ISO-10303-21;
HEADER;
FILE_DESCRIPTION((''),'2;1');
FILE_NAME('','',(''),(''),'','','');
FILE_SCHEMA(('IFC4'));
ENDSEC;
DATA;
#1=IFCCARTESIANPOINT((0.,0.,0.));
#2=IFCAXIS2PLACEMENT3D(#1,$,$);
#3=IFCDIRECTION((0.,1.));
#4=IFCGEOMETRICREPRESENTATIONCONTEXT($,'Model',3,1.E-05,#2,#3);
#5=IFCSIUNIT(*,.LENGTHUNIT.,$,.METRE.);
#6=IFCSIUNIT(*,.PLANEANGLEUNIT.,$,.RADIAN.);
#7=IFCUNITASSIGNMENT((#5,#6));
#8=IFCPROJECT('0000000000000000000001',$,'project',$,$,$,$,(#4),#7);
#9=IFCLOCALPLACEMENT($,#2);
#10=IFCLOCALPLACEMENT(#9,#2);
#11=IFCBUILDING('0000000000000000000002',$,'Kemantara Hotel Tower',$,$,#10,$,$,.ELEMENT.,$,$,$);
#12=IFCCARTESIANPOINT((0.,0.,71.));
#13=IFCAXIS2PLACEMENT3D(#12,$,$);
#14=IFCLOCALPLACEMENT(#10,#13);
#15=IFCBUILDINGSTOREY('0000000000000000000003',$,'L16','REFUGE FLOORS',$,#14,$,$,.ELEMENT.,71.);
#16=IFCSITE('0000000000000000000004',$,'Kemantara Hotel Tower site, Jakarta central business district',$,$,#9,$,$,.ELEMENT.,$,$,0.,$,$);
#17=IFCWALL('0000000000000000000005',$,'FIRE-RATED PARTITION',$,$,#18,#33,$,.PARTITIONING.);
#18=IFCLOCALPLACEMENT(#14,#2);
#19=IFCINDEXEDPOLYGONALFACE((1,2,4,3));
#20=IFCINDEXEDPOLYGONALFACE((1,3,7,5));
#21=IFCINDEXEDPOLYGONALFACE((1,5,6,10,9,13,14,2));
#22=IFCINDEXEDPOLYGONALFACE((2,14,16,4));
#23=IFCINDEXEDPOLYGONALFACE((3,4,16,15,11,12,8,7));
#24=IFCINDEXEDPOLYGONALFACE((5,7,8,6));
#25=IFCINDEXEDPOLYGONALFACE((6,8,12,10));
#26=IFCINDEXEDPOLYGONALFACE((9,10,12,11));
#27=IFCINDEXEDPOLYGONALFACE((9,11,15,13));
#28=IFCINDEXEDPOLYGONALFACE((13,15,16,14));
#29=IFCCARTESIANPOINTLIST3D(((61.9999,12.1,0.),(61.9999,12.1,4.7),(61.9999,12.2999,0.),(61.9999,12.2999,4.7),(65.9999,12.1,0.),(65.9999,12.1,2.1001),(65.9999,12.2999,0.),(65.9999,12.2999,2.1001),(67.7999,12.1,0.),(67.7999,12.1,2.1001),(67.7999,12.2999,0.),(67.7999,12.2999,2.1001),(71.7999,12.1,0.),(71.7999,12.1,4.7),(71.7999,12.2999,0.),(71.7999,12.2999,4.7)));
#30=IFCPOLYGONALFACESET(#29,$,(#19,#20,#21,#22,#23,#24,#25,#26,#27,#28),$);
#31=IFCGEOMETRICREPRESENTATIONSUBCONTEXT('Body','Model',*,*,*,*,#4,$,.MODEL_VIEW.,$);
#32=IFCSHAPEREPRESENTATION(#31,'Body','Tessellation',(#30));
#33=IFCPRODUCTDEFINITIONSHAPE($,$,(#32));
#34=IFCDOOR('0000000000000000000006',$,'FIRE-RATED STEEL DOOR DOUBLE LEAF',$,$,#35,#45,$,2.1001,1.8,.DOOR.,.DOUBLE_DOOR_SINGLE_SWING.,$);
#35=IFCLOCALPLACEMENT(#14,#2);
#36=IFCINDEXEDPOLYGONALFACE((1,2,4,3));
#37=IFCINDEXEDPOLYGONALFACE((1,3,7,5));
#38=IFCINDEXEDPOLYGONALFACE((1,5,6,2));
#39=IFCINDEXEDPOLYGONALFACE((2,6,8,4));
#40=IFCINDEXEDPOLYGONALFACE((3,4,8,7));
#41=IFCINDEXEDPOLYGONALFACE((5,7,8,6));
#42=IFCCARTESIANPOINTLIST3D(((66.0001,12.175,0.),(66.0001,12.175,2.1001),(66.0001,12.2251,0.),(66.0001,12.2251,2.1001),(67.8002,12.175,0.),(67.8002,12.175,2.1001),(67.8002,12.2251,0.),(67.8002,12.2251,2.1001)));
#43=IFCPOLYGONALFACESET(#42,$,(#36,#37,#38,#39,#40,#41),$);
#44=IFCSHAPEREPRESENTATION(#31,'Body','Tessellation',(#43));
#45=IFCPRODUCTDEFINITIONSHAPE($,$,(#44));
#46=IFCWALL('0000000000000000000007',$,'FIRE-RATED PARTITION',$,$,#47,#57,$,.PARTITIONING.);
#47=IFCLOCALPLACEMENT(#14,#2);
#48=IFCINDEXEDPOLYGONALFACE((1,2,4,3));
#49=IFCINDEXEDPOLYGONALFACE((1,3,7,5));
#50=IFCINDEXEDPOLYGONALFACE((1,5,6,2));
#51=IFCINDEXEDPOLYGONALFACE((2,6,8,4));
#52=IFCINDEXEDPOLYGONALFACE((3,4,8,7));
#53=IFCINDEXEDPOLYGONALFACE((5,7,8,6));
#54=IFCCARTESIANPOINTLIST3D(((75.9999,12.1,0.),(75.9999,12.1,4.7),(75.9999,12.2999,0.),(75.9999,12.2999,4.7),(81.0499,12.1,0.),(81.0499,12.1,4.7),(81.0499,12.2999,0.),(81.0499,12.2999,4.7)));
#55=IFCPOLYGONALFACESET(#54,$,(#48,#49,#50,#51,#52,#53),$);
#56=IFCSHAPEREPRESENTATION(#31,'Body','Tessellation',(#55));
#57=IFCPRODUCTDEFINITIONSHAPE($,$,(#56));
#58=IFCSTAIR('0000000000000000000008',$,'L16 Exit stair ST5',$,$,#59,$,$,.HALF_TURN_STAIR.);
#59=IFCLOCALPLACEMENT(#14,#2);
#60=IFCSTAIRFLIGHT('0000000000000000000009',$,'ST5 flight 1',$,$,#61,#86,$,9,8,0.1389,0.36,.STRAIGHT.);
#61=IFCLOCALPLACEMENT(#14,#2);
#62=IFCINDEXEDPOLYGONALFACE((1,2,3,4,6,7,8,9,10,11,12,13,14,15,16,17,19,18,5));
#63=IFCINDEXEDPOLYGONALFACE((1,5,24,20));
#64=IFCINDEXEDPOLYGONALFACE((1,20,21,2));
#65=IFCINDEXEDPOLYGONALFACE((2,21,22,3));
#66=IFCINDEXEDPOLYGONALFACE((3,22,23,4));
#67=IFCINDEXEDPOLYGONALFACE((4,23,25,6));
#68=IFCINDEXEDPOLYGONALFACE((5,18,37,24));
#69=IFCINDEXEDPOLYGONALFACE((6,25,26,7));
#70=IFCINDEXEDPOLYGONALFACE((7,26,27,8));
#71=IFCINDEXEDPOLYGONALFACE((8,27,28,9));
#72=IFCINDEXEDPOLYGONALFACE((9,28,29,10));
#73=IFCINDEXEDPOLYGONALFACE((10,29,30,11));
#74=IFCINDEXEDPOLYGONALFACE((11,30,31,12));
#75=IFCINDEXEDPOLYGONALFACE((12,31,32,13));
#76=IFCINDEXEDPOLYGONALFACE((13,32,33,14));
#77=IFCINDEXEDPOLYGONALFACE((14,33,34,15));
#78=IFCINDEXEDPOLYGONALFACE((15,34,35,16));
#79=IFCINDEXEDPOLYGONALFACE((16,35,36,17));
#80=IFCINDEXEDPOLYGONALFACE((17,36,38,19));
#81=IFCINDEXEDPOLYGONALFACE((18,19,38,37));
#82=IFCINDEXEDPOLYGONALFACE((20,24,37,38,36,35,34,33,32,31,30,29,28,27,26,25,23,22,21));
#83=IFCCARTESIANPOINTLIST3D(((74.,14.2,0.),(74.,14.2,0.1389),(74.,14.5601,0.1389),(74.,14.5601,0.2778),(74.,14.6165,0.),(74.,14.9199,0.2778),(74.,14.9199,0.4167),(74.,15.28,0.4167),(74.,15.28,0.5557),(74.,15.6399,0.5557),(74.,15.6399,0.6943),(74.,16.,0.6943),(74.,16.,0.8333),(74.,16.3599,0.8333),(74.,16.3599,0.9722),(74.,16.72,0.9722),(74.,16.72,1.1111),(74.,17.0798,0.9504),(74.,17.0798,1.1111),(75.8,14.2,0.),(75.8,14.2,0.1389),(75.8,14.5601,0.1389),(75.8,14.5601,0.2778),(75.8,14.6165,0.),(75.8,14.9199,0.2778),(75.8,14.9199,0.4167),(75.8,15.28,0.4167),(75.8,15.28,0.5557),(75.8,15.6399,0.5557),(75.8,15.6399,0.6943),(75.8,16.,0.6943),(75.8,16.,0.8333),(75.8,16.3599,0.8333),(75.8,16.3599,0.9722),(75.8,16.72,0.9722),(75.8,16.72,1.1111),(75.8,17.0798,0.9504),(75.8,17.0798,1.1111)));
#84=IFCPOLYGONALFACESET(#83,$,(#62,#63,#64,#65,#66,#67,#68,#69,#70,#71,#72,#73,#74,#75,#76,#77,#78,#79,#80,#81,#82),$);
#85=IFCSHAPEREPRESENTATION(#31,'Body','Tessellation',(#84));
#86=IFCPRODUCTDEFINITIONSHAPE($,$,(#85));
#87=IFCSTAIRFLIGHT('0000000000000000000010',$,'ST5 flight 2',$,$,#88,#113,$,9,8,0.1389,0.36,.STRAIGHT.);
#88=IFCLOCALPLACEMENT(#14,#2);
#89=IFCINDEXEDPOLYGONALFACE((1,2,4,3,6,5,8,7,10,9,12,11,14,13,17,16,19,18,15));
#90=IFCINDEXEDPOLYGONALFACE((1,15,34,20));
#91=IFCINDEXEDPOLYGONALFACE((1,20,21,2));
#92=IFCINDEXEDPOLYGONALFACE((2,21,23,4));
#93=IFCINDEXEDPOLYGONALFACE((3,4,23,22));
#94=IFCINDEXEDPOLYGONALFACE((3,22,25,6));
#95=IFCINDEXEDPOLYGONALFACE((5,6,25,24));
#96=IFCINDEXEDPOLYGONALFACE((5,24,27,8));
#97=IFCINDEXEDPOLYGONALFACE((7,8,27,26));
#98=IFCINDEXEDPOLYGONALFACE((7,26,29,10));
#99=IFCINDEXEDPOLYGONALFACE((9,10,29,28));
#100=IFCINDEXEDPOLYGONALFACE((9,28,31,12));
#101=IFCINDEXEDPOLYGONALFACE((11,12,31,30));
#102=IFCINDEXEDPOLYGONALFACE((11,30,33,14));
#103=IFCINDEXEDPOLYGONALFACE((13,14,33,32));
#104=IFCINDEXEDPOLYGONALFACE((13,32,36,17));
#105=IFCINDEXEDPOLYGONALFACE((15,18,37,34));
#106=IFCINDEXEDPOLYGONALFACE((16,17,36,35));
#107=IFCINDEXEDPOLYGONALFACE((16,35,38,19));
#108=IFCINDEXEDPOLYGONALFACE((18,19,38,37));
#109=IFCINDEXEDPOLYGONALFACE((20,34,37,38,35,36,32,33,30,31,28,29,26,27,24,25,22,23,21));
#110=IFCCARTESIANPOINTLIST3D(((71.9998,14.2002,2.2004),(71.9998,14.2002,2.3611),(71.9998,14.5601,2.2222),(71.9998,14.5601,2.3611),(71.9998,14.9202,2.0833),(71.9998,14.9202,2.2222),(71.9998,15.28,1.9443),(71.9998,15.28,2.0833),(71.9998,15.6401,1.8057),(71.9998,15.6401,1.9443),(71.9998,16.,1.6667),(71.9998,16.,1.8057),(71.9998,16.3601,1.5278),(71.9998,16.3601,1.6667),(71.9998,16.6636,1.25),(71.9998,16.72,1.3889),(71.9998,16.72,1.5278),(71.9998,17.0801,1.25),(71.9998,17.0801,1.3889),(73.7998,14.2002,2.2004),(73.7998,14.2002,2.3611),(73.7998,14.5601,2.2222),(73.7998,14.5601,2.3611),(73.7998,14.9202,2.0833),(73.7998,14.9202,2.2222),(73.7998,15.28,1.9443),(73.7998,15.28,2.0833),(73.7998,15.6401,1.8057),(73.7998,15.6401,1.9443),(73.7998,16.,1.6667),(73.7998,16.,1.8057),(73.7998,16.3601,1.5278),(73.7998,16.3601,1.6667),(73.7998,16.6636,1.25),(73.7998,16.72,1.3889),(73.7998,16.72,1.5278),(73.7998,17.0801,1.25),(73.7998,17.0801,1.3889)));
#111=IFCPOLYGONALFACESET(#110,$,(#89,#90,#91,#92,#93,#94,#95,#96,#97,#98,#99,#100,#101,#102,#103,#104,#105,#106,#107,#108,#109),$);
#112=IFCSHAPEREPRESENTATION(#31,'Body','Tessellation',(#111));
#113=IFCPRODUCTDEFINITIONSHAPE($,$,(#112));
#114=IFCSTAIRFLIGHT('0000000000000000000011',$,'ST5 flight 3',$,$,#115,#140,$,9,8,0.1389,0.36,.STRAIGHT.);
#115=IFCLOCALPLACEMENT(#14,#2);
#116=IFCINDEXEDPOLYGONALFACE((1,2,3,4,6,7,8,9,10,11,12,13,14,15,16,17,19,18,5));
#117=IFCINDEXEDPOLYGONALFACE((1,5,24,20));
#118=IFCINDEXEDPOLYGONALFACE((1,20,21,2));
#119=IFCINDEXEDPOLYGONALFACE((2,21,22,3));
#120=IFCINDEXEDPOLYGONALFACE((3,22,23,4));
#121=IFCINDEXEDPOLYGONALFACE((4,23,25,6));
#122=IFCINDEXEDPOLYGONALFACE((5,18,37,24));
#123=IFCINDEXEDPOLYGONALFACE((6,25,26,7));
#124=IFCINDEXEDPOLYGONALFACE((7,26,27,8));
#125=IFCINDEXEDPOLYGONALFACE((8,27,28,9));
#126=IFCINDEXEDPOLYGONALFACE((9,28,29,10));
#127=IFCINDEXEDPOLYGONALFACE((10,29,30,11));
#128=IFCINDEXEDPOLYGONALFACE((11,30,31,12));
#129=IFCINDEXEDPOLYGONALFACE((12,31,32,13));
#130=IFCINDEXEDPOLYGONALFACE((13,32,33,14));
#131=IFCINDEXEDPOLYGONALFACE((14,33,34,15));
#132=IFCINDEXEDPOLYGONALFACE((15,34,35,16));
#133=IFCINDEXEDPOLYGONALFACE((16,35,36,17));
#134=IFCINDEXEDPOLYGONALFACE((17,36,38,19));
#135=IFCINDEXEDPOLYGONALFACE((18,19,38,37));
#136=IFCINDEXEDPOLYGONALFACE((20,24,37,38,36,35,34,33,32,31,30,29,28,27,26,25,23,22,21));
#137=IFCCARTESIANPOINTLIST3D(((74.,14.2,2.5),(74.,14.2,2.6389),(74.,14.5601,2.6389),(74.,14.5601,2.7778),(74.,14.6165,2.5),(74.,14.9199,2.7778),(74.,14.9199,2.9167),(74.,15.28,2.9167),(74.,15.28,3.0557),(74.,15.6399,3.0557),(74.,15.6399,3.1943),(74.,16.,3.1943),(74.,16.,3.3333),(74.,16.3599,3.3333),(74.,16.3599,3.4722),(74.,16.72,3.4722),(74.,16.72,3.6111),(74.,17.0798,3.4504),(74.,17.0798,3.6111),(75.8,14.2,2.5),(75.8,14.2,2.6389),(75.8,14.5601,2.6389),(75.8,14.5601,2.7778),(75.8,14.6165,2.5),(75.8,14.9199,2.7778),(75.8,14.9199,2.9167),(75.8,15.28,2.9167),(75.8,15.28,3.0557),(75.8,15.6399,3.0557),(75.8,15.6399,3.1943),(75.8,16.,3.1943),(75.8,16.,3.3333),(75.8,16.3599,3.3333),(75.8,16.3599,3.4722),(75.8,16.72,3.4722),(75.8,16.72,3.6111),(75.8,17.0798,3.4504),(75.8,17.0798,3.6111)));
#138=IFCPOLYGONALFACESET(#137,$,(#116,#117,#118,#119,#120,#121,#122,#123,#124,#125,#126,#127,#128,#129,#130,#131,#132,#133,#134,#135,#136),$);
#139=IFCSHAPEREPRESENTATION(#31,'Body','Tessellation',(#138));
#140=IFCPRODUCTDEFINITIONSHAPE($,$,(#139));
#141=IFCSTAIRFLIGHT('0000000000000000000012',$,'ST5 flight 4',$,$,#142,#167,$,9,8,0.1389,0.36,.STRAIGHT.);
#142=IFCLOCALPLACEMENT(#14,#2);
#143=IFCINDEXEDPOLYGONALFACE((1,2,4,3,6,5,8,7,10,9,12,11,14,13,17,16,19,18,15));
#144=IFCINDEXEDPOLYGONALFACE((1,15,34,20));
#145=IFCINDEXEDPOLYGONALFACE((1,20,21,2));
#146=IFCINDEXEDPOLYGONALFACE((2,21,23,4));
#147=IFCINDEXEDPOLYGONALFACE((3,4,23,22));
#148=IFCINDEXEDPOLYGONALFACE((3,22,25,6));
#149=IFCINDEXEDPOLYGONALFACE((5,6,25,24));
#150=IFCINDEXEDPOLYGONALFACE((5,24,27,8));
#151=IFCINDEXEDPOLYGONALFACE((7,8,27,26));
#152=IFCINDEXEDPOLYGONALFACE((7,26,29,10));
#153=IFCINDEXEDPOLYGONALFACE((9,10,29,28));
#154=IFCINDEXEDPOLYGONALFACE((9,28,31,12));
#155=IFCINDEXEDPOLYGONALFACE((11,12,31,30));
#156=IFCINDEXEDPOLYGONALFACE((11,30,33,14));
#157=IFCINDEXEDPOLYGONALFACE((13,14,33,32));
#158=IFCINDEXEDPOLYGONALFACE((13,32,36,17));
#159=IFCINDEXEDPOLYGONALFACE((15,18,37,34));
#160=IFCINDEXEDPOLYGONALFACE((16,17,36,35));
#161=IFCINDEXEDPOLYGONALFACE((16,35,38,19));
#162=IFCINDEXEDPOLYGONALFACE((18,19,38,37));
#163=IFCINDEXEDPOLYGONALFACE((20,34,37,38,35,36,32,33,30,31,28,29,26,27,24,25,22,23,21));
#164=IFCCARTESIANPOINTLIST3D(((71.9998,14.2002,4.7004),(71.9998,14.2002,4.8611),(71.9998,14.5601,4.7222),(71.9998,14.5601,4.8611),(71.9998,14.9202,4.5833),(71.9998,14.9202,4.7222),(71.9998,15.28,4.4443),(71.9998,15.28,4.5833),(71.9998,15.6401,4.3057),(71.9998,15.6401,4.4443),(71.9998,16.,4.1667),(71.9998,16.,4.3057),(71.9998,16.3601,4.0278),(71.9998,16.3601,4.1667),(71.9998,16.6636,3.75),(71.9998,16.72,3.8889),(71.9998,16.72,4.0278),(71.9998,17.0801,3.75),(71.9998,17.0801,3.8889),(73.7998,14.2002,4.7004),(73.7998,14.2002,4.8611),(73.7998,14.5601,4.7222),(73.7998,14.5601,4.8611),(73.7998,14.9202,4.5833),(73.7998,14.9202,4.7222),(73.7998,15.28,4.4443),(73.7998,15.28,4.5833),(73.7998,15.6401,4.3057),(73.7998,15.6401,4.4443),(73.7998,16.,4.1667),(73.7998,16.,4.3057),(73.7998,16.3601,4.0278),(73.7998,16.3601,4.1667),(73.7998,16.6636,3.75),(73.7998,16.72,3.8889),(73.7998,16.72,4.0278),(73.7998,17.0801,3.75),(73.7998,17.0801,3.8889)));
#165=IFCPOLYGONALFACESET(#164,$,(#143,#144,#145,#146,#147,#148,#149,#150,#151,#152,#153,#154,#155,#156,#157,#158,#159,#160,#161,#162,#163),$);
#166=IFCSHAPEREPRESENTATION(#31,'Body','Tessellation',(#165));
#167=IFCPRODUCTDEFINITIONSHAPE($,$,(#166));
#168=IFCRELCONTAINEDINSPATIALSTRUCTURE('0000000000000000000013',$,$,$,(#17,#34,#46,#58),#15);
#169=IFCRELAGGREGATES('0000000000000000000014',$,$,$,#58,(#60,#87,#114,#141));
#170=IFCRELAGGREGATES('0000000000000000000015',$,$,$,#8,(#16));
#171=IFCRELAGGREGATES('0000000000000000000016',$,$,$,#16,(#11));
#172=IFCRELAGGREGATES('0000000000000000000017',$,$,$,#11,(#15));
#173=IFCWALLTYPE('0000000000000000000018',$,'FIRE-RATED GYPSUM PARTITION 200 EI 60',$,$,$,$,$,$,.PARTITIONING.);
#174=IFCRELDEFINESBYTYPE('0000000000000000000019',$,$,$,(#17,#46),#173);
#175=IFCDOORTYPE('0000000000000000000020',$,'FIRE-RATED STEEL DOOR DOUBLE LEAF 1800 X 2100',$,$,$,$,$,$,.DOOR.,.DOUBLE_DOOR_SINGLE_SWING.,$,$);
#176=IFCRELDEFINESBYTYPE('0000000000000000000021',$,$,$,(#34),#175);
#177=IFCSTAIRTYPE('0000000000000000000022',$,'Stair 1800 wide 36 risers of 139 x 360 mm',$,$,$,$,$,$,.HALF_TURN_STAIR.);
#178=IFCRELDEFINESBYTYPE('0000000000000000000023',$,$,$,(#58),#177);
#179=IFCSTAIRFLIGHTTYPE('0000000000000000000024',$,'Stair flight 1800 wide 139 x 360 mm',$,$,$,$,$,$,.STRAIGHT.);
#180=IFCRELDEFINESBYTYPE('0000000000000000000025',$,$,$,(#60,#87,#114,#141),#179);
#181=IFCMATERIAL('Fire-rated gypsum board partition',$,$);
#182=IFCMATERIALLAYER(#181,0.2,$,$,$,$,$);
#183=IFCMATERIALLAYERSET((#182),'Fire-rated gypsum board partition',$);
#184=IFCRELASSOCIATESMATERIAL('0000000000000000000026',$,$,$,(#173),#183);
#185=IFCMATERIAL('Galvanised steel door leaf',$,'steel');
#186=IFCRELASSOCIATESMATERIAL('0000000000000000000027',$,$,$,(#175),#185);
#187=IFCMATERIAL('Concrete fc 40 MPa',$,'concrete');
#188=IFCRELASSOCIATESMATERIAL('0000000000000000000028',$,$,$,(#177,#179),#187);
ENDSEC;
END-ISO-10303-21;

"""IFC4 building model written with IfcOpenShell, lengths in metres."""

from ifc_helpers import new_model, si_unit, direction, frame, frame_2d, origin, place, context, subcontext, project, spatial, polyline, rectangle, outline, extrude, material, layer, layer_set, type_object, element, fill, aggregate, save


model = new_model("IFC4")

# Units and contexts
model_context = context("Model", 3, precision=1e-05, world=origin(), true_north=direction((0.0, 1.0)))
body_context = subcontext(model_context, "Body", "Model", "MODEL_VIEW")
ifc_project = project(units=[si_unit("LENGTHUNIT", "METRE"), si_unit("PLANEANGLEUNIT", "RADIAN")], contexts=[model_context])

# Site, building, storey
site_placement = place(None, origin())
site = spatial("IfcSite", under=ifc_project, at=site_placement, Name="Kemantara Hotel Tower site, Jakarta central business district", CompositionType="ELEMENT", RefElevation=0.0)
building_placement = place(site_placement, origin())
building = spatial("IfcBuilding", under=site, at=building_placement, Name="Kemantara Hotel Tower", CompositionType="ELEMENT")
storey_placement = place(building_placement, frame((0.0, 0.0, 71.0)))
storey = spatial("IfcBuildingStorey", under=building, at=storey_placement, Name="L16", Description="REFUGE FLOORS", CompositionType="ELEMENT", Elevation=71.0)

# Shared definitions
ifc_material_1 = material(Name="Concrete fc 40 MPa", Category="concrete")

# Wall, opening, door
ifc_material_2 = material(Name="Fire-rated gypsum board partition")
ifc_layer_1 = layer(ifc_material_2, 0.2)
ifc_layer_set_1 = layer_set([ifc_layer_1], Name="Fire-rated gypsum board partition")
wall_type_1 = type_object("IfcWallType", Name="FIRE-RATED GYPSUM PARTITION 200 EI 60", PredefinedType="PARTITIONING", material=ifc_layer_set_1)
wall_1_placement = place(storey_placement, frame((62.0, 12.2, 0.0), z_axis=(0.0, 0.0, 1.0), x_axis=(1.0, 0.0, 0.0)))
wall_1 = element("IfcWall", 1, at=wall_1_placement, inside=storey, type_object=wall_type_1, Name="FIRE-RATED PARTITION", PredefinedType="PARTITIONING", context=body_context, shape_type="SweptSolid", body=[
    extrude(rectangle(XDim=9.8, YDim=0.2, at=frame_2d((4.8999, 0.0))), origin(), (0.0, 0.0, 1.0), 4.7),
])
opening_1_placement = place(wall_1_placement, frame((4.0, 0.0, 0.0)))
opening_1 = element("IfcOpeningElement", 2, at=opening_1_placement, cuts=wall_1, PredefinedType="OPENING", context=body_context, shape_type="SweptSolid", body=[
    extrude(rectangle(XDim=1.8, YDim=2.1001, at=frame_2d((0.8999, 1.05))), frame((0.0, 0.1099, 0.0), z_axis=(0.0, -1.0, 0.0), x_axis=(1.0, 0.0, 0.0)), (0.0, 0.0, 1.0), 0.22),
])
ifc_material_3 = material(Name="Galvanised steel door leaf", Category="steel")
door_type_1 = type_object("IfcDoorType", Name="FIRE-RATED STEEL DOOR DOUBLE LEAF 1800 X 2100", OperationType="DOUBLE_DOOR_SINGLE_SWING", PredefinedType="DOOR", material=ifc_material_3)
door_1_placement = place(opening_1_placement, frame((1.8, 0.0, 0.0), z_axis=(0.0, 0.0, 1.0), x_axis=(-1.0, 0.0, 0.0)))
door_1 = element("IfcDoor", 3, at=door_1_placement, inside=storey, type_object=door_type_1, Name="FIRE-RATED STEEL DOOR DOUBLE LEAF", OperationType="DOUBLE_DOOR_SINGLE_SWING", OverallHeight=2.1001, OverallWidth=1.8, PredefinedType="DOOR", context=body_context, shape_type="SweptSolid", body=[
    extrude(rectangle(XDim=1.8, YDim=2.1001, at=frame_2d((0.8999, 1.05))), frame((0.0, 0.0249, 0.0), z_axis=(0.0, -1.0, 0.0), x_axis=(1.0, 0.0, 0.0)), (0.0, 0.0, 1.0), 0.05),
])
fill(opening_1, door_1)

# Wall
wall_2_placement = place(storey_placement, frame((76.0, 12.2, 0.0), z_axis=(0.0, 0.0, 1.0), x_axis=(1.0, 0.0, 0.0)))
element("IfcWall", 4, at=wall_2_placement, inside=storey, type_object=wall_type_1, Name="FIRE-RATED PARTITION", PredefinedType="PARTITIONING", context=body_context, shape_type="SweptSolid", body=[
    extrude(rectangle(XDim=5.05, YDim=0.2, at=frame_2d((2.5249, 0.0))), origin(), (0.0, 0.0, 1.0), 4.7),
])

# Stair, stair flights
stair_type = type_object("IfcStairType", Name="Stair 1800 wide 36 risers of 139 x 360 mm", PredefinedType="HALF_TURN_STAIR", material=ifc_material_1)
stair_placement = place(storey_placement, origin())
stair = element("IfcStair", 5, at=stair_placement, inside=storey, type_object=stair_type, Name="L16 Exit stair ST5", PredefinedType="HALF_TURN_STAIR")
stair_flight_type = type_object("IfcStairFlightType", Name="Stair flight 1800 wide 139 x 360 mm", PredefinedType="STRAIGHT", material=ifc_material_1)
stair_flight_1_placement = place(storey_placement, frame((74.8999, 14.2, 0.0), z_axis=(0.0, 0.0, 1.0), x_axis=(0.0, 1.0, 0.0)))
stair_flight_1 = element("IfcStairFlight", 6, at=stair_flight_1_placement, type_object=stair_flight_type, Name="ST5 flight 1", NumberOfRisers=9, NumberOfTreads=8, PredefinedType="STRAIGHT", RiserHeight=0.1389, TreadLength=0.36, context=body_context, shape_type="SweptSolid", body=[
    extrude(outline(polyline([(0.0, 0.0), (0.0, 0.1389), (0.3601, 0.1389), (0.3601, 0.2778), (0.72, 0.2778), (0.72, 0.4167), (1.0801, 0.4167), (1.0801, 0.5557), (1.4399, 0.5557), (1.4399, 0.6943), (1.8, 0.6943), (1.8, 0.8333), (2.1599, 0.8333), (2.1599, 0.9722), (2.52, 0.9722), (2.52, 1.1111), (2.8799, 1.1111), (2.8799, 1.25), (2.8799, 0.9504), (0.4165, 0.0), (0.0, 0.0)])), frame((0.0, 0.8999, 0.0), z_axis=(0.0, -1.0, 0.0), x_axis=(1.0, 0.0, 0.0)), (0.0, 0.0, 1.0), 1.8),
])
stair_flight_2_placement = place(storey_placement, frame((72.8999, 17.0801, 1.25), z_axis=(0.0, 0.0, 1.0), x_axis=(0.0, -1.0, 0.0)))
stair_flight_2 = element("IfcStairFlight", 7, at=stair_flight_2_placement, type_object=stair_flight_type, Name="ST5 flight 2", NumberOfRisers=9, NumberOfTreads=8, PredefinedType="STRAIGHT", RiserHeight=0.1389, TreadLength=0.36, context=body_context, shape_type="SweptSolid", body=[
    extrude(outline(polyline([(0.0, 0.0), (0.0, 0.1389), (0.3601, 0.1389), (0.3601, 0.2778), (0.72, 0.2778), (0.72, 0.4167), (1.0801, 0.4167), (1.0801, 0.5557), (1.4399, 0.5557), (1.4399, 0.6943), (1.8, 0.6943), (1.8, 0.8333), (2.1599, 0.8333), (2.1599, 0.9722), (2.52, 0.9722), (2.52, 1.1111), (2.8799, 1.1111), (2.8799, 1.25), (2.8799, 0.9504), (0.4165, 0.0), (0.0, 0.0)])), frame((0.0, 0.8999, 0.0), z_axis=(0.0, -1.0, 0.0), x_axis=(1.0, 0.0, 0.0)), (0.0, 0.0, 1.0), 1.8),
])
stair_flight_3_placement = place(storey_placement, frame((74.8999, 14.2, 2.5), z_axis=(0.0, 0.0, 1.0), x_axis=(0.0, 1.0, 0.0)))
stair_flight_3 = element("IfcStairFlight", 8, at=stair_flight_3_placement, type_object=stair_flight_type, Name="ST5 flight 3", NumberOfRisers=9, NumberOfTreads=8, PredefinedType="STRAIGHT", RiserHeight=0.1389, TreadLength=0.36, context=body_context, shape_type="SweptSolid", body=[
    extrude(outline(polyline([(0.0, 0.0), (0.0, 0.1389), (0.3601, 0.1389), (0.3601, 0.2778), (0.72, 0.2778), (0.72, 0.4167), (1.0801, 0.4167), (1.0801, 0.5557), (1.4399, 0.5557), (1.4399, 0.6943), (1.8, 0.6943), (1.8, 0.8333), (2.1599, 0.8333), (2.1599, 0.9722), (2.52, 0.9722), (2.52, 1.1111), (2.8799, 1.1111), (2.8799, 1.25), (2.8799, 0.9504), (0.4165, 0.0), (0.0, 0.0)])), frame((0.0, 0.8999, 0.0), z_axis=(0.0, -1.0, 0.0), x_axis=(1.0, 0.0, 0.0)), (0.0, 0.0, 1.0), 1.8),
])
stair_flight_4_placement = place(storey_placement, frame((72.8999, 17.0801, 3.75), z_axis=(0.0, 0.0, 1.0), x_axis=(0.0, -1.0, 0.0)))
stair_flight_4 = element("IfcStairFlight", 9, at=stair_flight_4_placement, type_object=stair_flight_type, Name="ST5 flight 4", NumberOfRisers=9, NumberOfTreads=8, PredefinedType="STRAIGHT", RiserHeight=0.1389, TreadLength=0.36, context=body_context, shape_type="SweptSolid", body=[
    extrude(outline(polyline([(0.0, 0.0), (0.0, 0.1389), (0.3601, 0.1389), (0.3601, 0.2778), (0.72, 0.2778), (0.72, 0.4167), (1.0801, 0.4167), (1.0801, 0.5557), (1.4399, 0.5557), (1.4399, 0.6943), (1.8, 0.6943), (1.8, 0.8333), (2.1599, 0.8333), (2.1599, 0.9722), (2.52, 0.9722), (2.52, 1.1111), (2.8799, 1.1111), (2.8799, 1.25), (2.8799, 0.9504), (0.4165, 0.0), (0.0, 0.0)])), frame((0.0, 0.8999, 0.0), z_axis=(0.0, -1.0, 0.0), x_axis=(1.0, 0.0, 0.0)), (0.0, 0.0, 1.0), 1.8),
])
aggregate(stair, [stair_flight_1, stair_flight_2, stair_flight_3, stair_flight_4])

save(model, "model.ifc")
